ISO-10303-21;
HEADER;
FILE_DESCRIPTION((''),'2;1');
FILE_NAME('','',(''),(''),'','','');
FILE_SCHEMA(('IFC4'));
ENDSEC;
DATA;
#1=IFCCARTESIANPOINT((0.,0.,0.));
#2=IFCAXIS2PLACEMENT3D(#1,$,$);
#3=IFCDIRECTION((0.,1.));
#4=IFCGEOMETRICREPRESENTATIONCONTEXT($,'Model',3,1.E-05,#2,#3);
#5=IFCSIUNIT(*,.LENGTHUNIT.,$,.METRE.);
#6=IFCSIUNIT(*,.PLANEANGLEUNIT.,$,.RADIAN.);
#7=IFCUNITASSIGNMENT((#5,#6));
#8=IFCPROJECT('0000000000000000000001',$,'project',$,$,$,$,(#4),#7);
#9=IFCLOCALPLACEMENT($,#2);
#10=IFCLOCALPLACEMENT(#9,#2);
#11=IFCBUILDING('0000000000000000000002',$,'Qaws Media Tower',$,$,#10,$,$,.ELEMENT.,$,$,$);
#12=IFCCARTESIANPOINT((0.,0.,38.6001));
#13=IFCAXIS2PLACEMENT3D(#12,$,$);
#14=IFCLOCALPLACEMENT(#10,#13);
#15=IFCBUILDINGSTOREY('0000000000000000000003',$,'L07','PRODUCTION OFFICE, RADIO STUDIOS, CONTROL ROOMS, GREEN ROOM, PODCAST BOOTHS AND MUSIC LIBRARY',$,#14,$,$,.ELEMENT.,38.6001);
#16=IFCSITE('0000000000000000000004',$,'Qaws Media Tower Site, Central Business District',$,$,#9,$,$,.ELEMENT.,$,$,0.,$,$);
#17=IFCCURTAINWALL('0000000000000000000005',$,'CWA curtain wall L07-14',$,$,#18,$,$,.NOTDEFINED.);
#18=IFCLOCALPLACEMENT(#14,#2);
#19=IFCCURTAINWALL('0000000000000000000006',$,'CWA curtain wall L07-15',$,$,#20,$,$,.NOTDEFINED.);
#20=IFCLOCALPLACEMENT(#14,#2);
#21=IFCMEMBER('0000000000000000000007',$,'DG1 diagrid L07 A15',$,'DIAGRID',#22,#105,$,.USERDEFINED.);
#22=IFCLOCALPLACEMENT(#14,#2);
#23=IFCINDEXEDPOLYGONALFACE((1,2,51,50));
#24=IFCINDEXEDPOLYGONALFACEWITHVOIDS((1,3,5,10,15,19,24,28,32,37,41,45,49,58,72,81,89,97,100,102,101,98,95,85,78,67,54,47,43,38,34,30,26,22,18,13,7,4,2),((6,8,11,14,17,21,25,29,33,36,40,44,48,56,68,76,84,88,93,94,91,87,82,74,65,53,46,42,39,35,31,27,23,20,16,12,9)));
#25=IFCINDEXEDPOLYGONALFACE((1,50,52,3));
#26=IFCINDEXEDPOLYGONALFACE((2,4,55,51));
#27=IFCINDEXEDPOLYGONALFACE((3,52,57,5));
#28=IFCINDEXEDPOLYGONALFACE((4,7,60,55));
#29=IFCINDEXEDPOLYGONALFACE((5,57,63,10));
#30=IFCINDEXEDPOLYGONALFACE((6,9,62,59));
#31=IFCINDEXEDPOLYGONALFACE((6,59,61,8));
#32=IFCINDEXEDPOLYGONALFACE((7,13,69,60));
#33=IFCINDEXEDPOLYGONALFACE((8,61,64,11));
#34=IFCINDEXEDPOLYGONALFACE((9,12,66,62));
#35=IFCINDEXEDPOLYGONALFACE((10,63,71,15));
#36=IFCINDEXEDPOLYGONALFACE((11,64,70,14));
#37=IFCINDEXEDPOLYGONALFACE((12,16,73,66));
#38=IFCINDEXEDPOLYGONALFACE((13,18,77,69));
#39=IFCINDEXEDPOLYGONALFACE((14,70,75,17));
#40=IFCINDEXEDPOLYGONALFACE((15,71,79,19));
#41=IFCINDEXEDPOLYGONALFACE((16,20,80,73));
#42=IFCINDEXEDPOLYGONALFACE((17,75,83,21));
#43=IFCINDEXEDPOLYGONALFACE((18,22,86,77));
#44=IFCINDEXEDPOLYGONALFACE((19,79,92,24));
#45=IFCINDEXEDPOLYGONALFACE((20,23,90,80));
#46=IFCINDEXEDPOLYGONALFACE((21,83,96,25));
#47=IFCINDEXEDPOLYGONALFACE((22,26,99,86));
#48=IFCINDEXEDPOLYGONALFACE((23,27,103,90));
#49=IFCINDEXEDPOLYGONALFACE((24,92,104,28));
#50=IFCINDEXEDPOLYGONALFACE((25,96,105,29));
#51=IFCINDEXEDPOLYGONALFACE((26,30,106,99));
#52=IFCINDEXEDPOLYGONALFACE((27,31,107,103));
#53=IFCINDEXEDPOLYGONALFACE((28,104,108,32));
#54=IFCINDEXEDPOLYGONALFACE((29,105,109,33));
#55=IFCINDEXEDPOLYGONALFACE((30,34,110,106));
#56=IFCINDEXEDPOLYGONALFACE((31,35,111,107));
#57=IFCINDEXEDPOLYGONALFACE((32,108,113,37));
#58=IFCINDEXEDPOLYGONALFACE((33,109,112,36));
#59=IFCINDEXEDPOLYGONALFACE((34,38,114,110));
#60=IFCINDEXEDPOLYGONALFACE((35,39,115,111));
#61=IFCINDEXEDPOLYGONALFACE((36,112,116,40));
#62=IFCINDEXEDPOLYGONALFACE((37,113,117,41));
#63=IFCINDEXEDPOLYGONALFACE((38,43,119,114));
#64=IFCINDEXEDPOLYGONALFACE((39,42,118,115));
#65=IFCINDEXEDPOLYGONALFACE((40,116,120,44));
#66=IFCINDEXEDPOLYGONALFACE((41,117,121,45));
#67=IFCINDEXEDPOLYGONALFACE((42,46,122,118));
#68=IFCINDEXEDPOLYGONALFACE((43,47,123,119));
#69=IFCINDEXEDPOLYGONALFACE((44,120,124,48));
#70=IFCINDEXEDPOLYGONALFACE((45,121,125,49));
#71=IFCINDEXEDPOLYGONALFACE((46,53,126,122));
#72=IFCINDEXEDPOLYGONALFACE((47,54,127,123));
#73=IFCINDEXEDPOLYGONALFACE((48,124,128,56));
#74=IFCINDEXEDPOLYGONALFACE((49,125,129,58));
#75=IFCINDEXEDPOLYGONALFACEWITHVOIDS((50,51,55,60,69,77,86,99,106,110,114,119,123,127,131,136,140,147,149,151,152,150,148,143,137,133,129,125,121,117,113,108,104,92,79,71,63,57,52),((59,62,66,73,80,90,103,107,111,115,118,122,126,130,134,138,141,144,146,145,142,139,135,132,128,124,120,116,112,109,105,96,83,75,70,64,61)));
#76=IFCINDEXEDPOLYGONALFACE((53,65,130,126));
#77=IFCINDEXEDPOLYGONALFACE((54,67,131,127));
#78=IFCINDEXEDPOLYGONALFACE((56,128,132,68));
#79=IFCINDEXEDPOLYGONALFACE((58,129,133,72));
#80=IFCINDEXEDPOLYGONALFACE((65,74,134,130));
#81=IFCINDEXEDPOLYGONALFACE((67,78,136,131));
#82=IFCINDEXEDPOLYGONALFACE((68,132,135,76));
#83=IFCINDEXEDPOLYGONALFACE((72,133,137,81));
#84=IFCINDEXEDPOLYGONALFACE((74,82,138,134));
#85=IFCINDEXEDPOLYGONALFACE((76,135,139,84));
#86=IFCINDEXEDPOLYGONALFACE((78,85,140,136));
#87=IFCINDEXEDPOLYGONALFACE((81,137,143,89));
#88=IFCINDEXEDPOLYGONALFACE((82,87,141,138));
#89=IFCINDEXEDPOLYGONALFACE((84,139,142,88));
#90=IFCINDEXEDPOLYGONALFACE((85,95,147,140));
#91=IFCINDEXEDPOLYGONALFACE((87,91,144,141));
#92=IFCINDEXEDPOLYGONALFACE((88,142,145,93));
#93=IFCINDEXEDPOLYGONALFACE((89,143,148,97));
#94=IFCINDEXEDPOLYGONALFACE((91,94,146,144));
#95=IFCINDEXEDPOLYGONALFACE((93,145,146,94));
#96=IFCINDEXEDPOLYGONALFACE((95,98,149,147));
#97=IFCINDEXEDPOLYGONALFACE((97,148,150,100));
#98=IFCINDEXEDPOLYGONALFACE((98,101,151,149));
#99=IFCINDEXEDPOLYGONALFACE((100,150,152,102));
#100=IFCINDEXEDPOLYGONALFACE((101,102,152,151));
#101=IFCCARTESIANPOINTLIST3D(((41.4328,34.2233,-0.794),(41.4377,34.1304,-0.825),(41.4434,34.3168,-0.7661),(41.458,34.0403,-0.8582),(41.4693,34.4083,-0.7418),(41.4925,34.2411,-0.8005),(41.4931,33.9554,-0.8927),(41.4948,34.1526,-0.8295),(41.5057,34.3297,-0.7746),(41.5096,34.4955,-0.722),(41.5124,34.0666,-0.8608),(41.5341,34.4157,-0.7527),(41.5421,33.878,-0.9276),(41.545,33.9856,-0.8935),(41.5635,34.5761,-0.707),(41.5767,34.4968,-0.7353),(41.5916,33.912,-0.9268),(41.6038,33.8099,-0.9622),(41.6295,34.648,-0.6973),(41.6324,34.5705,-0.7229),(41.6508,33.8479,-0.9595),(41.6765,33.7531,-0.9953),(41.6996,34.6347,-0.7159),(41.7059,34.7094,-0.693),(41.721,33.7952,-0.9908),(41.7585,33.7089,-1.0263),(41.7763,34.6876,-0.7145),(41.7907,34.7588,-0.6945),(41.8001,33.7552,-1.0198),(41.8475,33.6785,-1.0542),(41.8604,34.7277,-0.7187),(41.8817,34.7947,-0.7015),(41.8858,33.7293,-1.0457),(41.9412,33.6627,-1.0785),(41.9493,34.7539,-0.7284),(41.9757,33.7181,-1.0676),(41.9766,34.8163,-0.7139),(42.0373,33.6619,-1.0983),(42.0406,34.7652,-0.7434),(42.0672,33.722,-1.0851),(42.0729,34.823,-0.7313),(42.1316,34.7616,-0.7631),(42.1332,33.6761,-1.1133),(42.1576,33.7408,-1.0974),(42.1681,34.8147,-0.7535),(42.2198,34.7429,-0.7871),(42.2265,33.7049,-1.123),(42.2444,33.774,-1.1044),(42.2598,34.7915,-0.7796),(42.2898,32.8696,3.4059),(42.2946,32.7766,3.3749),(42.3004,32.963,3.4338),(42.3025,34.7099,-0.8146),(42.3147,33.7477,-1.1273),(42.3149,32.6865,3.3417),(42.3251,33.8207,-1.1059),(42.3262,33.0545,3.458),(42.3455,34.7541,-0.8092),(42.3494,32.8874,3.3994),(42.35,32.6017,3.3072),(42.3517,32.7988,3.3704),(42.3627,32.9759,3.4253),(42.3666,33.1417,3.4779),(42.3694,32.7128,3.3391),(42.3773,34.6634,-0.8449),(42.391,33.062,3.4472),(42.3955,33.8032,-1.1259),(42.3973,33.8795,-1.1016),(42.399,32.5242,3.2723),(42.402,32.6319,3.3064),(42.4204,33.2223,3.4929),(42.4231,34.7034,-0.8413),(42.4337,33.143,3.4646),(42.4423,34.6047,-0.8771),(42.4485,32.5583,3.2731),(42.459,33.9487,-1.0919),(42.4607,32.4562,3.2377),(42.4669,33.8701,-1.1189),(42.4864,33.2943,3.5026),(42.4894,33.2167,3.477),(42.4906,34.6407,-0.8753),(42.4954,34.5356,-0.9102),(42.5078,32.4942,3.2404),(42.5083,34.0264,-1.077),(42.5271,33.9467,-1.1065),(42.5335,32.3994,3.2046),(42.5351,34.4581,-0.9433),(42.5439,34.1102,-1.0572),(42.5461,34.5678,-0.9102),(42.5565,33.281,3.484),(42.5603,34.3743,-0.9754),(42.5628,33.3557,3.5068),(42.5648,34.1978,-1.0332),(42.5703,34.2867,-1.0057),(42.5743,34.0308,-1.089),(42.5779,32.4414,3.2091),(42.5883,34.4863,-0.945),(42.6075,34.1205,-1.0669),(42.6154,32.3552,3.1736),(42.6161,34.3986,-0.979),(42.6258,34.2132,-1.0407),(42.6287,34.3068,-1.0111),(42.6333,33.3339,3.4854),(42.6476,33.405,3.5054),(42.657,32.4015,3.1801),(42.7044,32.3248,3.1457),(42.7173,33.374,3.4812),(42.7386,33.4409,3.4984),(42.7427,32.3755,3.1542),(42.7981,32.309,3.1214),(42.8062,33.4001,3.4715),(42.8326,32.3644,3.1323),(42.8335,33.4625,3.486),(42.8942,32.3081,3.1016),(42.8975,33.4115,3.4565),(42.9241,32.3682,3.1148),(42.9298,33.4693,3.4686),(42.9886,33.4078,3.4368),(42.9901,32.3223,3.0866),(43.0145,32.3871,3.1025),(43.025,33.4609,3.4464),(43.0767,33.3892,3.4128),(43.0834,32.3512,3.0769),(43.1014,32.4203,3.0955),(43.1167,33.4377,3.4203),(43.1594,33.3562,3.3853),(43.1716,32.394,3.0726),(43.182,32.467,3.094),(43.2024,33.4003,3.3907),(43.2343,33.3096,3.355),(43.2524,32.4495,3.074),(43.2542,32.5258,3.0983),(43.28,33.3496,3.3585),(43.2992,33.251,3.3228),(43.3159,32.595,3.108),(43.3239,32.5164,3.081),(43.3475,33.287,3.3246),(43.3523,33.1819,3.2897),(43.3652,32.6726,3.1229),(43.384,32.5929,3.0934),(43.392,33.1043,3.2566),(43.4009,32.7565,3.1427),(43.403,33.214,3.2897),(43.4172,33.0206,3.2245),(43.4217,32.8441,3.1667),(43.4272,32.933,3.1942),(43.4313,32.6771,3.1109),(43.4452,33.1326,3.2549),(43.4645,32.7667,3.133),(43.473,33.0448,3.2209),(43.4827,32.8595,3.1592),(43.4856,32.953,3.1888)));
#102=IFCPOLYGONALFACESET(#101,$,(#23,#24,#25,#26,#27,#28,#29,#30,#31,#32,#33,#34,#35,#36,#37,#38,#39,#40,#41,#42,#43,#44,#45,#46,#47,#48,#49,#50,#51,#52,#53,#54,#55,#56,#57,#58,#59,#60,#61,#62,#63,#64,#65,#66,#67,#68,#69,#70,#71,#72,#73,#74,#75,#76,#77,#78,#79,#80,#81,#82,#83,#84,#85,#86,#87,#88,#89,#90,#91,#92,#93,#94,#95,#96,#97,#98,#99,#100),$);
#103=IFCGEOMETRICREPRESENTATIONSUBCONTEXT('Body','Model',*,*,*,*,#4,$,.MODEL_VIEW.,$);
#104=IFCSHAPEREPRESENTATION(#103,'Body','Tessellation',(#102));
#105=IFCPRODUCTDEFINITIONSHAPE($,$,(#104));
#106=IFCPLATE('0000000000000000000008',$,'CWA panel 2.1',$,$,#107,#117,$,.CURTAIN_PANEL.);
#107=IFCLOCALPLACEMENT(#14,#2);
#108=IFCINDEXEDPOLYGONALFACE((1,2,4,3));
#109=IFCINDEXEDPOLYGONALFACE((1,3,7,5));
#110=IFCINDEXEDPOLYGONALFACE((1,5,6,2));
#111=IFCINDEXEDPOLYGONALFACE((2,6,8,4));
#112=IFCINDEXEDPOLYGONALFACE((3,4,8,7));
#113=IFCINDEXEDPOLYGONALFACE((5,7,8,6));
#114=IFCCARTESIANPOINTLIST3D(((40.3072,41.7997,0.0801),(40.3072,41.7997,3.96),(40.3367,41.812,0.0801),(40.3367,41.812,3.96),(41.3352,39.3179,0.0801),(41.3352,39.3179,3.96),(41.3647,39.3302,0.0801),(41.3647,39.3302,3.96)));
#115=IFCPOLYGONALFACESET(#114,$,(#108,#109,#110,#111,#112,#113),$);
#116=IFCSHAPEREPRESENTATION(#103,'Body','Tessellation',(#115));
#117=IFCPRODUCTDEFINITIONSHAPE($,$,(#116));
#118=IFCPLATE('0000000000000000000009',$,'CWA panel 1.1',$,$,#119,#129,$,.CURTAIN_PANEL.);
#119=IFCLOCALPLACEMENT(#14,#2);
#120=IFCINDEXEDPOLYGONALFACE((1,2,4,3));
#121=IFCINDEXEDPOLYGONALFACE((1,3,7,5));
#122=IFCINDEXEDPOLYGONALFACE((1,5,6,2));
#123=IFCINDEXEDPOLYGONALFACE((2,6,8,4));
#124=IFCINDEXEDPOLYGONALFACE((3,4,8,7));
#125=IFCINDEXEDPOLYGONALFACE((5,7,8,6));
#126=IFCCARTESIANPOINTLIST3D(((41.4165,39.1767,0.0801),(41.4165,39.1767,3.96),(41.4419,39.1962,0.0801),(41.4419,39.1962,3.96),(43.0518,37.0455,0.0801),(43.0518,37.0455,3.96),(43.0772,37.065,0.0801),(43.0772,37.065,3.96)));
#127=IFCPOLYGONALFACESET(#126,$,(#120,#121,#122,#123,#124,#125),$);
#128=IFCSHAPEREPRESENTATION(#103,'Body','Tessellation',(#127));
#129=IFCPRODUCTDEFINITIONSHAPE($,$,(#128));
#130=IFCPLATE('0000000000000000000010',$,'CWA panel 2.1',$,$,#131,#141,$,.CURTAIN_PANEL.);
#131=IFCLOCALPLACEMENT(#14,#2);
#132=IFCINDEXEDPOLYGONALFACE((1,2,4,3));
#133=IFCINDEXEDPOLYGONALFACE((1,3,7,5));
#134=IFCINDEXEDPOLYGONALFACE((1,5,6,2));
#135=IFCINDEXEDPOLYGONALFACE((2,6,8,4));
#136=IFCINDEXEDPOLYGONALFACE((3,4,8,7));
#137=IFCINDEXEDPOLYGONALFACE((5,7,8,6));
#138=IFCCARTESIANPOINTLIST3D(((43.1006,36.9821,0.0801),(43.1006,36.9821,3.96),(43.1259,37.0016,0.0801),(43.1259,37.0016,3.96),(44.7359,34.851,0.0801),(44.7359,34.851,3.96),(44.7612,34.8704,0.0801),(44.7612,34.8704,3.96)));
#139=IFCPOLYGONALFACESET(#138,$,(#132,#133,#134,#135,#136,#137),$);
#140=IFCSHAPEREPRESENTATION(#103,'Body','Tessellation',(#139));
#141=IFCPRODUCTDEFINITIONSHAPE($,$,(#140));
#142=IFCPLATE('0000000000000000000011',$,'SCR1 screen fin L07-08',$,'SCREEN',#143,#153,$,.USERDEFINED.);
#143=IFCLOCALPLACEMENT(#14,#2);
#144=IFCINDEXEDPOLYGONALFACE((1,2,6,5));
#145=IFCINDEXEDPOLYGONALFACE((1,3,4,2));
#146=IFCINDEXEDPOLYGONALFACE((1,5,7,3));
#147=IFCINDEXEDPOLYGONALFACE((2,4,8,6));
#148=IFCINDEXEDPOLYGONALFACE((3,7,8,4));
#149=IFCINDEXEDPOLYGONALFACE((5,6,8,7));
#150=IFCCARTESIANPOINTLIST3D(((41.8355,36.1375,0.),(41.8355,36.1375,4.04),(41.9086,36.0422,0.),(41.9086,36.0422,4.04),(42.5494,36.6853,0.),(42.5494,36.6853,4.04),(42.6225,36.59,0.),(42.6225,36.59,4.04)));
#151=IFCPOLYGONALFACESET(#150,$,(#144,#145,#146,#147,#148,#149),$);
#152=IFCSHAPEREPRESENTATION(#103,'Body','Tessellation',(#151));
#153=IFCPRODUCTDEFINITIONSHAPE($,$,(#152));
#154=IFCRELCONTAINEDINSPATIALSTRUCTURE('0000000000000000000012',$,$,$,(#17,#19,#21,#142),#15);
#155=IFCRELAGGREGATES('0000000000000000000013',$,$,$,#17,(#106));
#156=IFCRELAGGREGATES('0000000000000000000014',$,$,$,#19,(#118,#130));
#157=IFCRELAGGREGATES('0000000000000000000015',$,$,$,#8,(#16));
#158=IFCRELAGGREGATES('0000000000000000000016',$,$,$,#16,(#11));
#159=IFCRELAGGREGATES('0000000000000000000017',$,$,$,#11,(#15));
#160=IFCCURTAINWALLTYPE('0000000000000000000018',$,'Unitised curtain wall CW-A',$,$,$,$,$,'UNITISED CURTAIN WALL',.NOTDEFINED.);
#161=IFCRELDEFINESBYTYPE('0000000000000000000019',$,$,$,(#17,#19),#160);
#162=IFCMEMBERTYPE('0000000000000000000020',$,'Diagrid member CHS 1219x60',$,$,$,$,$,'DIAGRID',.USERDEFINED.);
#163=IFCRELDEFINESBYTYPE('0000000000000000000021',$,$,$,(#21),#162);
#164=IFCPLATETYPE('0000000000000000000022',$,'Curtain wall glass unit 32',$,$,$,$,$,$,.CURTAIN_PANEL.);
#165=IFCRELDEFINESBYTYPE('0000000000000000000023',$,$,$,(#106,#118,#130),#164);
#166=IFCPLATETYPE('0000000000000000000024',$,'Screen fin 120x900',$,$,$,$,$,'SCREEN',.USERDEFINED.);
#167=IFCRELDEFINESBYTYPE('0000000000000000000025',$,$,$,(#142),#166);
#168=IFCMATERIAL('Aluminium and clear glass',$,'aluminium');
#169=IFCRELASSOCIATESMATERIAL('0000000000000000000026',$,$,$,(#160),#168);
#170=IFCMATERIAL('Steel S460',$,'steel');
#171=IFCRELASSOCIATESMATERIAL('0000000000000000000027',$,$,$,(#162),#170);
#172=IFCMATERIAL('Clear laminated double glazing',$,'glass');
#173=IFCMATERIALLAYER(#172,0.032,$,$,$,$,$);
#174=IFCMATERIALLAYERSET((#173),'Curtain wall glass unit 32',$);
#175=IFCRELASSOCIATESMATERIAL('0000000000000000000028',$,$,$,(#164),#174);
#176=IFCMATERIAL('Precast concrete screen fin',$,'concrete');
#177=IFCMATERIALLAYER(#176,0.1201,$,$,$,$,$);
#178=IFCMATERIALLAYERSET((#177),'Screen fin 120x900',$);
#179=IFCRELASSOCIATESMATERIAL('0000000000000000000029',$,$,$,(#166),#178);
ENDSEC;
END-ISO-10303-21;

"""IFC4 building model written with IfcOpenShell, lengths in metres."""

from ifc_helpers import new_model, si_unit, direction, frame, origin, origin_2d, place, context, subcontext, project, spatial, rectangle, hollow_circle, extrude, material, layer, layer_set, material_profile, profile_set, type_object, element, aggregate, save


model = new_model("IFC4")

# Units and contexts
model_context = context("Model", 3, precision=1e-05, world=origin(), true_north=direction((0.0, 1.0)))
body_context = subcontext(model_context, "Body", "Model", "MODEL_VIEW")
ifc_project = project(units=[si_unit("LENGTHUNIT", "METRE"), si_unit("PLANEANGLEUNIT", "RADIAN")], contexts=[model_context])

# Site, building, storey
site_placement = place(None, origin())
site = spatial("IfcSite", under=ifc_project, at=site_placement, Name="Qaws Media Tower Site, Central Business District", CompositionType="ELEMENT", RefElevation=0.0)
building_placement = place(site_placement, origin())
building = spatial("IfcBuilding", under=site, at=building_placement, Name="Qaws Media Tower", CompositionType="ELEMENT")
storey_placement = place(building_placement, frame((0.0, 0.0, 38.6001)))
storey = spatial("IfcBuildingStorey", under=building, at=storey_placement, Name="L07", Description="PRODUCTION OFFICE, RADIO STUDIOS, CONTROL ROOMS, GREEN ROOM, PODCAST BOOTHS AND MUSIC LIBRARY", CompositionType="ELEMENT", Elevation=38.6001)

# Curtain wall
ifc_material_1 = material(Name="Aluminium and clear glass", Category="aluminium")
curtain_wall_type = type_object("IfcCurtainWallType", Name="Unitised curtain wall CW-A", ElementType="UNITISED CURTAIN WALL", PredefinedType="NOTDEFINED", material=ifc_material_1)
curtain_wall_1_placement = place(storey_placement, origin())
curtain_wall_1 = element("IfcCurtainWall", 1, at=curtain_wall_1_placement, inside=storey, type_object=curtain_wall_type, Name="CWA curtain wall L07-14", PredefinedType="NOTDEFINED")

# Curtain wall
curtain_wall_2_placement = place(storey_placement, origin())
curtain_wall_2 = element("IfcCurtainWall", 2, at=curtain_wall_2_placement, inside=storey, type_object=curtain_wall_type, Name="CWA curtain wall L07-15", PredefinedType="NOTDEFINED")

# Member
ifc_material_2 = material(Name="Steel S460", Category="steel")
ifc_material_profile_1 = material_profile(ifc_material_2, hollow_circle(Radius=0.6096, WallThickness=0.0601, at=origin_2d()), Name="CHS 1219x60")
ifc_profile_set_1 = profile_set([ifc_material_profile_1], Name="Steel S460")
member_type_1 = type_object("IfcMemberType", Name="Diagrid member CHS 1219x60", ElementType="DIAGRID", PredefinedType="USERDEFINED", material=ifc_profile_set_1)
member_1_placement = place(storey_placement, frame((42.031, 34.2417, -0.9102), z_axis=(0.190634, -0.301158, 0.934324), x_axis=(0.844945, 0.534853, 0.0)))
element("IfcMember", 3, at=member_1_placement, inside=storey, type_object=member_type_1, Name="DG1 diagrid L07 A15", ObjectType="DIAGRID", PredefinedType="USERDEFINED", context=body_context, shape_type="SweptSolid", body=[
    extrude(hollow_circle(Radius=0.6096, WallThickness=0.0601, at=origin_2d()), origin(), (0.0, 0.0, 1.0), 4.4951),
])

# Plates
ifc_material_3 = material(Name="Clear laminated double glazing", Category="glass")
ifc_layer_1 = layer(ifc_material_3, 0.032)
ifc_layer_set_1 = layer_set([ifc_layer_1], Name="Curtain wall glass unit 32")
plate_type_1 = type_object("IfcPlateType", Name="Curtain wall glass unit 32", PredefinedType="CURTAIN_PANEL", material=ifc_layer_set_1)
plate_1_placement = place(storey_placement, frame((40.8359, 40.5649, 0.0801), z_axis=(0.0, 0.0, 1.0), x_axis=(0.382683, -0.92388, 0.0)))
plate_1 = element("IfcPlate", 4, at=plate_1_placement, type_object=plate_type_1, Name="CWA panel 2.1", PredefinedType="CURTAIN_PANEL", context=body_context, shape_type="SweptSolid", body=[
    extrude(rectangle(XDim=2.6863, YDim=0.032, at=origin_2d()), origin(), (0.0, 0.0, 1.0), 3.8799),
])
aggregate(curtain_wall_1, [plate_1])
plate_2_placement = place(storey_placement, frame((42.2468, 38.1208, 0.0801), z_axis=(0.0, 0.0, 1.0), x_axis=(0.608761, -0.793353, 0.0)))
plate_2 = element("IfcPlate", 5, at=plate_2_placement, type_object=plate_type_1, Name="CWA panel 1.1", PredefinedType="CURTAIN_PANEL", context=body_context, shape_type="SweptSolid", body=[
    extrude(rectangle(XDim=2.6863, YDim=0.032, at=origin_2d()), origin(), (0.0, 0.0, 1.0), 3.8799),
])
plate_3_placement = place(storey_placement, frame((43.9309, 35.9263, 0.0801), z_axis=(0.0, 0.0, 1.0), x_axis=(0.608761, -0.793353, 0.0)))
plate_3 = element("IfcPlate", 6, at=plate_3_placement, type_object=plate_type_1, Name="CWA panel 2.1", PredefinedType="CURTAIN_PANEL", context=body_context, shape_type="SweptSolid", body=[
    extrude(rectangle(XDim=2.6863, YDim=0.032, at=origin_2d()), origin(), (0.0, 0.0, 1.0), 3.8799),
])
aggregate(curtain_wall_2, [plate_2, plate_3])
ifc_material_4 = material(Name="Precast concrete screen fin", Category="concrete")
ifc_layer_2 = layer(ifc_material_4, 0.1201)
ifc_layer_set_2 = layer_set([ifc_layer_2], Name="Screen fin 120x900")
plate_type_2 = type_object("IfcPlateType", Name="Screen fin 120x900", ElementType="SCREEN", PredefinedType="USERDEFINED", material=ifc_layer_set_2)
plate_4_placement = place(storey_placement, frame((42.229, 36.3638, 0.0), z_axis=(0.0, 0.0, 1.0), x_axis=(-0.793353, -0.608761, 0.0)))
element("IfcPlate", 7, at=plate_4_placement, inside=storey, type_object=plate_type_2, Name="SCR1 screen fin L07-08", ObjectType="SCREEN", PredefinedType="USERDEFINED", context=body_context, shape_type="SweptSolid", body=[
    extrude(rectangle(XDim=0.8999, YDim=0.1201, at=origin_2d()), origin(), (0.0, 0.0, 1.0), 4.04),
])

save(model, "model.ifc")
